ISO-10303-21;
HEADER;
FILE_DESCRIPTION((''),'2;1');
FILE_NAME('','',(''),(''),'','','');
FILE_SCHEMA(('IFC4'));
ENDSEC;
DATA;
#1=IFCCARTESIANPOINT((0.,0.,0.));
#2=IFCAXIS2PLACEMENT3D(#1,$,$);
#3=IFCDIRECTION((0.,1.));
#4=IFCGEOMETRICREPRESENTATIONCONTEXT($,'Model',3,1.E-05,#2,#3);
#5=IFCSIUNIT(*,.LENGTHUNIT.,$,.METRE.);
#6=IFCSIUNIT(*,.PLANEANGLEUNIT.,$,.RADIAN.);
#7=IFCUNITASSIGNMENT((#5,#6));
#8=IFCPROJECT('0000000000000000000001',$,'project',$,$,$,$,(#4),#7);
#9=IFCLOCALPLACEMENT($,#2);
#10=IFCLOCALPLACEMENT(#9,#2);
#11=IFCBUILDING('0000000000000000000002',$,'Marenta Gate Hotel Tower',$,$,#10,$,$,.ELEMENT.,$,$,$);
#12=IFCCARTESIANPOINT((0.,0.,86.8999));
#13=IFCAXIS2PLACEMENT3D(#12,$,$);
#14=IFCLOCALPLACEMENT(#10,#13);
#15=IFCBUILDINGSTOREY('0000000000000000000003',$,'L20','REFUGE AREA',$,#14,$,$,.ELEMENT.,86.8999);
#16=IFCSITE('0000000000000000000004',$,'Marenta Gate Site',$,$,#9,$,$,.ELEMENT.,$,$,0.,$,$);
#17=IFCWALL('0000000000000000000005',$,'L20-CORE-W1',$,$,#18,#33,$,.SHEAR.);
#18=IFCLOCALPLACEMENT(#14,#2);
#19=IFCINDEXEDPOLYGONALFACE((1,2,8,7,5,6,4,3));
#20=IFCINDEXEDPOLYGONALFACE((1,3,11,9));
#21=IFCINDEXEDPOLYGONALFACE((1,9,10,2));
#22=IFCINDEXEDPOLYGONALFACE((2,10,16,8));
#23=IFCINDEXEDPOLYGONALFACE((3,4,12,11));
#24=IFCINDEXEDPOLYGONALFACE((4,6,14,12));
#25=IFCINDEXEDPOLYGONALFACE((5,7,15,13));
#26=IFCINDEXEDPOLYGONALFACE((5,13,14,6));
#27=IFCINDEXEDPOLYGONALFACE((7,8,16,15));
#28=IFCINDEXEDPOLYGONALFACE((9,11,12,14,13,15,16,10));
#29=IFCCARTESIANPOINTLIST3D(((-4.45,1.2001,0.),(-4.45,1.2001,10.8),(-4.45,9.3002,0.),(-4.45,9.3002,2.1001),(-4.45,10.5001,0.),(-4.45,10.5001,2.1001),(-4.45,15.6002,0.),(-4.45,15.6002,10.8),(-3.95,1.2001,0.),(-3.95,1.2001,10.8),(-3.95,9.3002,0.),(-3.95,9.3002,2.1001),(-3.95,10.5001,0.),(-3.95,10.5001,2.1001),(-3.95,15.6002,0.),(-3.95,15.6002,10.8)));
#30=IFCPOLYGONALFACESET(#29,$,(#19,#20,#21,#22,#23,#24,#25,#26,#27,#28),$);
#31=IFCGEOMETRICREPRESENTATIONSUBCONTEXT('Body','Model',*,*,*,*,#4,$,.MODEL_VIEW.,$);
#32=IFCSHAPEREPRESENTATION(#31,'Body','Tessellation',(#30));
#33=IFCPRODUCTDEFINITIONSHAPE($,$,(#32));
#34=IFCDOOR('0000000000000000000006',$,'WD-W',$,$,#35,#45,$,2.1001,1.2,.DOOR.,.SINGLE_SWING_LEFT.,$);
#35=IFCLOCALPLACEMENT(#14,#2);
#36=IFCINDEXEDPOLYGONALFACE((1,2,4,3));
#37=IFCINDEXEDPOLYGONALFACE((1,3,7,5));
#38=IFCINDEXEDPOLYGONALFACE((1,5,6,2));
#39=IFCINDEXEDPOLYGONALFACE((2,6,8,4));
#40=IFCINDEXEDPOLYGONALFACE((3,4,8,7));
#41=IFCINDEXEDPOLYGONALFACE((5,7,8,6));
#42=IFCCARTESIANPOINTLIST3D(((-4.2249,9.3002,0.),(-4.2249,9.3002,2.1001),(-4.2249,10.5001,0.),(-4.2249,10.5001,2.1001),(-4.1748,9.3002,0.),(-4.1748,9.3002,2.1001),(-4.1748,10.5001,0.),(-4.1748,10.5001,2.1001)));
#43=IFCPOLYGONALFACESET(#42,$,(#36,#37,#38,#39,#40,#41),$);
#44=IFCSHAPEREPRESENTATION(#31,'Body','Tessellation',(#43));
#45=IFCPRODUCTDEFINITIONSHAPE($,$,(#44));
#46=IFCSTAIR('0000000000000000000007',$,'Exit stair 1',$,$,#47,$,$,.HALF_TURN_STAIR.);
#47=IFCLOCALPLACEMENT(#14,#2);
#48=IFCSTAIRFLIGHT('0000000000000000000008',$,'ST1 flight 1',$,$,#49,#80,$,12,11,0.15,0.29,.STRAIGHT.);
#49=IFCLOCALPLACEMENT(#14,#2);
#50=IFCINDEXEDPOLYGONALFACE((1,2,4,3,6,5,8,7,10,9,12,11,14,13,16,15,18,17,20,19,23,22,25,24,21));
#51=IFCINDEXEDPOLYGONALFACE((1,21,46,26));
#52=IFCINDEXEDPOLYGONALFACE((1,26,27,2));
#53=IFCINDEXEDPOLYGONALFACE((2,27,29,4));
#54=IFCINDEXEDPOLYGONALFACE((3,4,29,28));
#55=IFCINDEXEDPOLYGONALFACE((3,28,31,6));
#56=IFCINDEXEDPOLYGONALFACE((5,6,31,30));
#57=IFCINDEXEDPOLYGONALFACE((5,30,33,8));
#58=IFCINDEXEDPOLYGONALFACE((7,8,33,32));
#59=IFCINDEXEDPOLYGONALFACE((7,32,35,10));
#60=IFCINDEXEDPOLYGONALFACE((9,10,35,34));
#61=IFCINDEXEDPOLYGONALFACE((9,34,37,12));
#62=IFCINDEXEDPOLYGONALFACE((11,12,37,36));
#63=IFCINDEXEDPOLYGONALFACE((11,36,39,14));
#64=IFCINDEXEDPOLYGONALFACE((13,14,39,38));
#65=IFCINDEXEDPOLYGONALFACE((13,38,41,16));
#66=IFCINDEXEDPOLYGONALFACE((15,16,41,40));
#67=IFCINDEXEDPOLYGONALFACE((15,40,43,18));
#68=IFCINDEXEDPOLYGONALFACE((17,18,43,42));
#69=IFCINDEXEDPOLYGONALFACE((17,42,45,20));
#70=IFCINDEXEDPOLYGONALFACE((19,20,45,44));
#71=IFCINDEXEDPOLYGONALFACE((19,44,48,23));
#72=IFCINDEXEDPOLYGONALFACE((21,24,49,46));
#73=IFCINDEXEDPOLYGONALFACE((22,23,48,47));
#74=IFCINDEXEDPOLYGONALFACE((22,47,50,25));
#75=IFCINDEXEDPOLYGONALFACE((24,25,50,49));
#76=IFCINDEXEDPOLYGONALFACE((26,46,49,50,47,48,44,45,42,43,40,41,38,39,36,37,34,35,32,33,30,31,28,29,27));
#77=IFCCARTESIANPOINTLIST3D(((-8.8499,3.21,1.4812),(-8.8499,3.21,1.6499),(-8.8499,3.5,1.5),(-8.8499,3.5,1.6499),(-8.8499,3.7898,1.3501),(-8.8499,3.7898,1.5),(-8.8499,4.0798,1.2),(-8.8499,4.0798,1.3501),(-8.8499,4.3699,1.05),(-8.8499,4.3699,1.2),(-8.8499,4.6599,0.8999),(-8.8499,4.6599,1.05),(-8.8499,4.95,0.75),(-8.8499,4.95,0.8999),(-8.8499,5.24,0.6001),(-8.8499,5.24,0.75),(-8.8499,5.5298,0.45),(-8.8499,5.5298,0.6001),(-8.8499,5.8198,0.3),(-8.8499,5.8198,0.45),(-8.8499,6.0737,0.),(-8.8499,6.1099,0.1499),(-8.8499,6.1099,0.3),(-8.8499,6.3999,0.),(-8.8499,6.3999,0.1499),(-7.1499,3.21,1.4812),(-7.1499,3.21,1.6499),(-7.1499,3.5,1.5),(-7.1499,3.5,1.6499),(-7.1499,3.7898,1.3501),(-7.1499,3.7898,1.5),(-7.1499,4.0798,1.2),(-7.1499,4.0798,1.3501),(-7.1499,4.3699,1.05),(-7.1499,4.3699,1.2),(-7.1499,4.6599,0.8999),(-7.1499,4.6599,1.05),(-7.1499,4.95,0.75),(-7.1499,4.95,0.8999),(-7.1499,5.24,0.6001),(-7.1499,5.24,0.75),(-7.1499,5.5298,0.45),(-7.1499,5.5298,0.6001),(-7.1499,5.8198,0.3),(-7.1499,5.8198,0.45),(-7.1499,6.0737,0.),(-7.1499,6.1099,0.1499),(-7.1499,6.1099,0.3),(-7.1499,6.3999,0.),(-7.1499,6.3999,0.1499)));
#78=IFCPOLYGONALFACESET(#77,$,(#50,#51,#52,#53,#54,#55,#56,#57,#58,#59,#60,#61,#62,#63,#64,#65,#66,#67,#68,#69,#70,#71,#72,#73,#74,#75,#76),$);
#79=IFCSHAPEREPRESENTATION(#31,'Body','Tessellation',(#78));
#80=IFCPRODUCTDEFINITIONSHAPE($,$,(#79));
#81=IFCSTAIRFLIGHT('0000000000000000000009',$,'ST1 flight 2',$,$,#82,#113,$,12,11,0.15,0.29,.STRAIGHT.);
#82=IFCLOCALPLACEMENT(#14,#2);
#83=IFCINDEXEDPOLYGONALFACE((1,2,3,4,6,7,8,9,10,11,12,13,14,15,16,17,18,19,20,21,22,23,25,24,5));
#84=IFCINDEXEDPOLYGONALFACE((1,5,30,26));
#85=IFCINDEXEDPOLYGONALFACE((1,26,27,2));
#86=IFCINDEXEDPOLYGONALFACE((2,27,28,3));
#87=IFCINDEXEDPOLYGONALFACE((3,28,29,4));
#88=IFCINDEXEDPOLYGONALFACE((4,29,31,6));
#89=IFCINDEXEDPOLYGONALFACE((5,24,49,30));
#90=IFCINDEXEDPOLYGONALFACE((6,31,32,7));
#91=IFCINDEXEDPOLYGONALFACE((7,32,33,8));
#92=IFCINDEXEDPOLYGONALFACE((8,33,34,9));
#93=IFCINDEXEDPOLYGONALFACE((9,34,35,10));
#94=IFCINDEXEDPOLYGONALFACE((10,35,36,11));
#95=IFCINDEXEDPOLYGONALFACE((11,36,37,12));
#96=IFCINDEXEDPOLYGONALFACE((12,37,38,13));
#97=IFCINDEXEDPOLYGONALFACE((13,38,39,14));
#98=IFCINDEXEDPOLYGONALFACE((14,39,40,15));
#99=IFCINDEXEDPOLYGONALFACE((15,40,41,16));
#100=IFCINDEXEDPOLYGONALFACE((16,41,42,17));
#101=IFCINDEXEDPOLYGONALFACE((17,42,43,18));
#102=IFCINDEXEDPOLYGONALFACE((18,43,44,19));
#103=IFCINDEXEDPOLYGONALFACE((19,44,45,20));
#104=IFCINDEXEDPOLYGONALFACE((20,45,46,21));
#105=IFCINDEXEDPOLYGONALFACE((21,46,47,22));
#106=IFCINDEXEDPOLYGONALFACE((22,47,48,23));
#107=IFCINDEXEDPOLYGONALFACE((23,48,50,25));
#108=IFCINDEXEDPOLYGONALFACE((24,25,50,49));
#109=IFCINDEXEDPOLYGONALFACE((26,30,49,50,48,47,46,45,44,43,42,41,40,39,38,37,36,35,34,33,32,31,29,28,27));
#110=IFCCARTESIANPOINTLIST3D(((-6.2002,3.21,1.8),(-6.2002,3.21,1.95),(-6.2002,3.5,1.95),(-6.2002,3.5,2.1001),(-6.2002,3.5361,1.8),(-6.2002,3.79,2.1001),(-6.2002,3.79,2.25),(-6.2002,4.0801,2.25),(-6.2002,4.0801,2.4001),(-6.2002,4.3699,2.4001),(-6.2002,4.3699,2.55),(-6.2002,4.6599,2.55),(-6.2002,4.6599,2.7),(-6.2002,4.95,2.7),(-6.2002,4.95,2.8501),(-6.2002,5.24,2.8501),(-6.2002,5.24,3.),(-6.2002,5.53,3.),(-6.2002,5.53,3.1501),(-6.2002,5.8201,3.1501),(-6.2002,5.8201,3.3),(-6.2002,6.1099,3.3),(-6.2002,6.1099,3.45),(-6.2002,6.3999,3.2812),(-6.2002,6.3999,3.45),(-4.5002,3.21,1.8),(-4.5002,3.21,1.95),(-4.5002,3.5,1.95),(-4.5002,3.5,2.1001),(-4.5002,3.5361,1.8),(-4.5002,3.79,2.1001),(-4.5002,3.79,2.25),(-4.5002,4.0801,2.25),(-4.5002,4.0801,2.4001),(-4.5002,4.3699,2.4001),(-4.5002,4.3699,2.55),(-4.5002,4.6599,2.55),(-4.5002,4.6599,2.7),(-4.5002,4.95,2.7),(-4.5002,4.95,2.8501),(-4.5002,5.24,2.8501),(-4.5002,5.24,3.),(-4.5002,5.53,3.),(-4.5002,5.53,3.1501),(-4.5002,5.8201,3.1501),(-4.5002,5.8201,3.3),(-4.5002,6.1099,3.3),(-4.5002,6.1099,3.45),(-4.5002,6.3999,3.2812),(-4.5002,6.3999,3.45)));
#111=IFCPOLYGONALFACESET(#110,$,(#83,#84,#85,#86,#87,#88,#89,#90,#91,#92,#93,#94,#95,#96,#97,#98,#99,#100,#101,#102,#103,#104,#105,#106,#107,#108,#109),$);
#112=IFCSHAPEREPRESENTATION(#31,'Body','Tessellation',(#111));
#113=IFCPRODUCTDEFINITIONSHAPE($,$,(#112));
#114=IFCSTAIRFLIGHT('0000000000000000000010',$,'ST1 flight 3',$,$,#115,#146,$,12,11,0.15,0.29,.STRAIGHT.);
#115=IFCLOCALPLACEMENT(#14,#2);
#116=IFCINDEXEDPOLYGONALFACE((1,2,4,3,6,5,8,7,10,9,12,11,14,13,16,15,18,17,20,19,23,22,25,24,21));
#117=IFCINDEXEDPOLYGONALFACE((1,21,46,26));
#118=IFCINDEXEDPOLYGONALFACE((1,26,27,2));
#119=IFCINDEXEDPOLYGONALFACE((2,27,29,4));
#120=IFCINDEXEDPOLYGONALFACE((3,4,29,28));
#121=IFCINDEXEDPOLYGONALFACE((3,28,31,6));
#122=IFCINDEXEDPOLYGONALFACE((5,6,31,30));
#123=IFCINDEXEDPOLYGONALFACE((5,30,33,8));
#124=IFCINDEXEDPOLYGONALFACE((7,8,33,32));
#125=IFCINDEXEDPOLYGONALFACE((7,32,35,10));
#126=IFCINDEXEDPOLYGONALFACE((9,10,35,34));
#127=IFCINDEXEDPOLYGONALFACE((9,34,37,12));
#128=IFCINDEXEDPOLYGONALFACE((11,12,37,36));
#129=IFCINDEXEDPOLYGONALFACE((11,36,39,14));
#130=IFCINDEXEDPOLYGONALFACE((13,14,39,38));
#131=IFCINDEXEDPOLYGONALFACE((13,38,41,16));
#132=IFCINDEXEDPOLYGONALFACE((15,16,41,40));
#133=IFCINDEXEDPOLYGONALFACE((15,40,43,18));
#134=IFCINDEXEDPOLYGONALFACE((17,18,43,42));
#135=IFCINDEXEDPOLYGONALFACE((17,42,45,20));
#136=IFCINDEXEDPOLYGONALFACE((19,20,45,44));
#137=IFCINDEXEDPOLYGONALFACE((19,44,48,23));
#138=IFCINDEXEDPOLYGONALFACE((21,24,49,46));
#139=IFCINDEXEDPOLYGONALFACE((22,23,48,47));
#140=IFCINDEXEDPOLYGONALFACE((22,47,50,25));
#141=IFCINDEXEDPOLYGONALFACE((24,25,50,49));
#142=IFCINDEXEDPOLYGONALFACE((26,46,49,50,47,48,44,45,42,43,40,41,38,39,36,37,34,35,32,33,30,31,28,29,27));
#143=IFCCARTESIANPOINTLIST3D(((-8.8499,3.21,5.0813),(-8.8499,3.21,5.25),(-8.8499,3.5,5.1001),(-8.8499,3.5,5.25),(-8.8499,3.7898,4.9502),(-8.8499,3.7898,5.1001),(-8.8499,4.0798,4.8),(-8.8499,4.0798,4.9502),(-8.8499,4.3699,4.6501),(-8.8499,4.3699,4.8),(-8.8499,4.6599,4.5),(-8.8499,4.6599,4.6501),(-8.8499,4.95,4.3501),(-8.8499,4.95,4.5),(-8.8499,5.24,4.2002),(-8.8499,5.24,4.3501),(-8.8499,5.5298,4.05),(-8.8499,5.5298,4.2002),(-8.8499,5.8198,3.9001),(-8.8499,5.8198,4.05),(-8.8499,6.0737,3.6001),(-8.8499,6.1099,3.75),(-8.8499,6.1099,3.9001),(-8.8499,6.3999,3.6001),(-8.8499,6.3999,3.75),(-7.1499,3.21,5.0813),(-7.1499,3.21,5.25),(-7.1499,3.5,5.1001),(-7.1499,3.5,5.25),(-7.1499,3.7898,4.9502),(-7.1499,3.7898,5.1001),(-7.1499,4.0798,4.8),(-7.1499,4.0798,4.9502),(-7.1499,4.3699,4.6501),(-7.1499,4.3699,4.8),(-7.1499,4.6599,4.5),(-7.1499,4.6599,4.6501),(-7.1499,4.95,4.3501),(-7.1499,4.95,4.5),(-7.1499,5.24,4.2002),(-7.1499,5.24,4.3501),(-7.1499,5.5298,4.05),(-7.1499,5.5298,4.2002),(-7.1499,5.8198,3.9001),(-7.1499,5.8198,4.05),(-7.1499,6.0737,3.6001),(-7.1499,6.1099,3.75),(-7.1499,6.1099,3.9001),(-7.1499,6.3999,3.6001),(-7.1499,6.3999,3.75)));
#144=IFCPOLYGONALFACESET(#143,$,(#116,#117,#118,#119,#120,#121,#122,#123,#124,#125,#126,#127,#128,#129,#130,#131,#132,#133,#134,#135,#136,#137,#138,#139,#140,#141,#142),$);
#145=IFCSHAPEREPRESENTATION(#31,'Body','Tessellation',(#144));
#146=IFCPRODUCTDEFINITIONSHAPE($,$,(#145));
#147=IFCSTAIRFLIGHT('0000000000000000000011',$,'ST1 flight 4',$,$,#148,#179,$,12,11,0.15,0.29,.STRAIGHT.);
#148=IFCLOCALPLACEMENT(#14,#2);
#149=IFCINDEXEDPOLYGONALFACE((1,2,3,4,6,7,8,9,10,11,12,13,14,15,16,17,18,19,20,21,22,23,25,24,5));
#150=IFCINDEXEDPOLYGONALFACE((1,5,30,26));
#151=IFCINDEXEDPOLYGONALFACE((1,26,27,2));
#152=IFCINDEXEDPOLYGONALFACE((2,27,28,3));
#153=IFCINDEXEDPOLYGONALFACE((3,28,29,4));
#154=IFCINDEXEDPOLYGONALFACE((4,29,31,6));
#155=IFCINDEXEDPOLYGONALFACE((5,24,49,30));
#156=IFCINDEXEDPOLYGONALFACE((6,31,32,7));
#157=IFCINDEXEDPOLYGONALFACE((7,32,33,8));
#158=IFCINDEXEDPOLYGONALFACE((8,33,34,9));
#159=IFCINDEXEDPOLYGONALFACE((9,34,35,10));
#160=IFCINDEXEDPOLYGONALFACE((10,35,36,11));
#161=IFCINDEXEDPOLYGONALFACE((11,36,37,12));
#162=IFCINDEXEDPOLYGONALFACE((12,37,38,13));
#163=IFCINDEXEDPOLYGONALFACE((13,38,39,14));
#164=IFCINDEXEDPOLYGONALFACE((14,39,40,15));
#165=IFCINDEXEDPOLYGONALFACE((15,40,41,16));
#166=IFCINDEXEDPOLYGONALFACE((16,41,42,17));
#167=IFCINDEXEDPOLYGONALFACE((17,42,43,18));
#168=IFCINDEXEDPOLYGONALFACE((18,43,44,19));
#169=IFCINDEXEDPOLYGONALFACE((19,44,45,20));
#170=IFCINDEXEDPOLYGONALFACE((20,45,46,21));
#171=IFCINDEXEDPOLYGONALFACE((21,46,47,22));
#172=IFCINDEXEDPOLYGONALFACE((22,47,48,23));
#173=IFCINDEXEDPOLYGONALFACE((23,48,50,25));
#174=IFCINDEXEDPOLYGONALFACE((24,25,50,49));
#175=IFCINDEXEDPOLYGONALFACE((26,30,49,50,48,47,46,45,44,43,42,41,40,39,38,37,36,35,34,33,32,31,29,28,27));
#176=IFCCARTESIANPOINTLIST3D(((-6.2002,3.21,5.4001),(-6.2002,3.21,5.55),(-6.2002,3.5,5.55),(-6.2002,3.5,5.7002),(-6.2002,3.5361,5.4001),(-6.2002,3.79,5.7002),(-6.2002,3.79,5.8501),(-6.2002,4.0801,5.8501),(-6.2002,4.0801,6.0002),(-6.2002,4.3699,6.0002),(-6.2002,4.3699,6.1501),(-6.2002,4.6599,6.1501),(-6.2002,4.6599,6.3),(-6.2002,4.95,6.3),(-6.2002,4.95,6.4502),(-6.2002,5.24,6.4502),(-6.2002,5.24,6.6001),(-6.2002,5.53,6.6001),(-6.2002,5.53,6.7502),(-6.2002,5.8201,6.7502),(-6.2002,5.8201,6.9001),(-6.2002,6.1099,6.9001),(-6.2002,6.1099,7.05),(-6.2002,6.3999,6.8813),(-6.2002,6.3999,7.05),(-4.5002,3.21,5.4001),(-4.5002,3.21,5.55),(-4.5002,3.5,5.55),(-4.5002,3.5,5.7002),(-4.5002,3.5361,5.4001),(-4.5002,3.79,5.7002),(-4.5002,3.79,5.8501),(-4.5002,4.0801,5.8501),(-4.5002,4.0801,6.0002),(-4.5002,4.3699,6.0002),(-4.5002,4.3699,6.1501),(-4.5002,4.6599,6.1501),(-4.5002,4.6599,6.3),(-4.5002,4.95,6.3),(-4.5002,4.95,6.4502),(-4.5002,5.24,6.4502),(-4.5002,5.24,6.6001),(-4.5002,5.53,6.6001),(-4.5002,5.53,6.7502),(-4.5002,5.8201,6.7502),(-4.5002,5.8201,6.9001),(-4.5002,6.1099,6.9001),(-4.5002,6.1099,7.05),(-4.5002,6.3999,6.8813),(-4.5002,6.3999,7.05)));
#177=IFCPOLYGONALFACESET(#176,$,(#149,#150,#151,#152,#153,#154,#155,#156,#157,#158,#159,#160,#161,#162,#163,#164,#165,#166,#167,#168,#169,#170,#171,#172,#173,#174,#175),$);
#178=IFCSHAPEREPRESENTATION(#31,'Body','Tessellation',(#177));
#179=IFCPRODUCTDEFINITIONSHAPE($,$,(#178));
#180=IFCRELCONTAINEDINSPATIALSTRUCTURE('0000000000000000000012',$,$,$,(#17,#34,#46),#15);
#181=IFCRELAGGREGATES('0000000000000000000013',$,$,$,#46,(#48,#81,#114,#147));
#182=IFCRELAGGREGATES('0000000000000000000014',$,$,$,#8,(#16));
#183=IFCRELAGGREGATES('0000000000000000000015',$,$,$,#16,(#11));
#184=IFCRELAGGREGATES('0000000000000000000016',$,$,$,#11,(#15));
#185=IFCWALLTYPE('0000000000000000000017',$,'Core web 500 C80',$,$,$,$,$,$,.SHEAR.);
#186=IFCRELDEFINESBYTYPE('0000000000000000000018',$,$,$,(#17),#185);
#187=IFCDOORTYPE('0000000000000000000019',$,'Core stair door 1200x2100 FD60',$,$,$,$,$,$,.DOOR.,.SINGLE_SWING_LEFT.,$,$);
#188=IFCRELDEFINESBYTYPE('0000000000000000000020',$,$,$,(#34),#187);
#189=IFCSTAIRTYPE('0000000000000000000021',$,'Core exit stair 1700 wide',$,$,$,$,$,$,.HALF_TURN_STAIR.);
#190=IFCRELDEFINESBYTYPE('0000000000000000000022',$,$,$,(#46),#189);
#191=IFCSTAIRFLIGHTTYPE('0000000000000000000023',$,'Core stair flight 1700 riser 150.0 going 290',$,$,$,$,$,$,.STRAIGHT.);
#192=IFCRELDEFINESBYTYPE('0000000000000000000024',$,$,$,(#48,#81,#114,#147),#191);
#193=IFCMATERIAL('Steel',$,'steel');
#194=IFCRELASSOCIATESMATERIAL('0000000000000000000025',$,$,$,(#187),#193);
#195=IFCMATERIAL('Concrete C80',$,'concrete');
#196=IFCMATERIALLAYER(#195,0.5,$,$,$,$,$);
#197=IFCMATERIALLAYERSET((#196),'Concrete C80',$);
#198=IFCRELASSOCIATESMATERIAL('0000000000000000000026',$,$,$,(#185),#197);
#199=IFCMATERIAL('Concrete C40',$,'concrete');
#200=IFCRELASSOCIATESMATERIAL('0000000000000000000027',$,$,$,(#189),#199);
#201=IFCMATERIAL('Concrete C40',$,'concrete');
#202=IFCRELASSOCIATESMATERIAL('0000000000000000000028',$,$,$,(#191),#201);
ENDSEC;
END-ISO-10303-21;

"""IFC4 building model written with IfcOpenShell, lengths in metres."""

from ifc_helpers import new_model, si_unit, direction, frame, frame_2d, origin, place, context, subcontext, project, spatial, polyline, rectangle, outline, extrude, material, layer, layer_set, type_object, element, fill, aggregate, save


model = new_model("IFC4")

# Units and contexts
model_context = context("Model", 3, precision=1e-05, world=origin(), true_north=direction((0.0, 1.0)))
body_context = subcontext(model_context, "Body", "Model", "MODEL_VIEW")
ifc_project = project(units=[si_unit("LENGTHUNIT", "METRE"), si_unit("PLANEANGLEUNIT", "RADIAN")], contexts=[model_context])

# Site, building, storey
site_placement = place(None, origin())
site = spatial("IfcSite", under=ifc_project, at=site_placement, Name="Marenta Gate Site", CompositionType="ELEMENT", RefElevation=0.0)
building_placement = place(site_placement, origin())
building = spatial("IfcBuilding", under=site, at=building_placement, Name="Marenta Gate Hotel Tower", CompositionType="ELEMENT")
storey_placement = place(building_placement, frame((0.0, 0.0, 86.8999)))
storey = spatial("IfcBuildingStorey", under=building, at=storey_placement, Name="L20", Description="REFUGE AREA", CompositionType="ELEMENT", Elevation=86.8999)

# Wall, opening, door
ifc_material_1 = material(Name="Steel", Category="steel")
door_type_1 = type_object("IfcDoorType", Name="Core stair door 1200x2100 FD60", OperationType="SINGLE_SWING_LEFT", PredefinedType="DOOR", material=ifc_material_1)
ifc_material_2 = material(Name="Concrete C80", Category="concrete")
ifc_layer_1 = layer(ifc_material_2, 0.5)
ifc_layer_set_1 = layer_set([ifc_layer_1], Name="Concrete C80")
wall_type_1 = type_object("IfcWallType", Name="Core web 500 C80", PredefinedType="SHEAR", material=ifc_layer_set_1)
wall_1_placement = place(storey_placement, frame((-4.2, 1.2, 0.0), z_axis=(0.0, 0.0, 1.0), x_axis=(0.0, 1.0, 0.0)))
wall_1 = element("IfcWall", 1, at=wall_1_placement, inside=storey, type_object=wall_type_1, Name="L20-CORE-W1", PredefinedType="SHEAR", context=body_context, shape_type="SweptSolid", body=[
    extrude(rectangle(XDim=14.4001, YDim=0.5, at=frame_2d((7.2002, 0.0))), origin(), (0.0, 0.0, 1.0), 10.8),
])
opening_1_placement = place(wall_1_placement, frame((8.1001, 0.0, 0.0)))
opening_1 = element("IfcOpeningElement", 2, at=opening_1_placement, cuts=wall_1, PredefinedType="OPENING", context=body_context, shape_type="SweptSolid", body=[
    extrude(rectangle(XDim=1.2, YDim=2.1001, at=frame_2d((0.6001, 1.05))), frame((0.0, 0.25, 0.0), z_axis=(0.0, -1.0, 0.0), x_axis=(1.0, 0.0, 0.0)), (0.0, 0.0, 1.0), 0.5),
])
door_1_placement = place(opening_1_placement, origin())
door_1 = element("IfcDoor", 3, at=door_1_placement, inside=storey, type_object=door_type_1, Name="WD-W", OperationType="SINGLE_SWING_LEFT", OverallHeight=2.1001, OverallWidth=1.2, PredefinedType="DOOR", context=body_context, shape_type="SweptSolid", body=[
    extrude(rectangle(XDim=1.2, YDim=2.1001, at=frame_2d((0.6001, 1.05))), frame((0.0, 0.0249, 0.0), z_axis=(0.0, -1.0, 0.0), x_axis=(1.0, 0.0, 0.0)), (0.0, 0.0, 1.0), 0.05),
])
fill(opening_1, door_1)

# Stair, stair flights
ifc_material_3 = material(Name="Concrete C40", Category="concrete")
stair_type = type_object("IfcStairType", Name="Core exit stair 1700 wide", PredefinedType="HALF_TURN_STAIR", material=ifc_material_3)
stair_placement = place(storey_placement, origin())
stair = element("IfcStair", 4, at=stair_placement, inside=storey, type_object=stair_type, Name="Exit stair 1", PredefinedType="HALF_TURN_STAIR")
ifc_material_4 = material(Name="Concrete C40", Category="concrete")
stair_flight_type = type_object("IfcStairFlightType", Name="Core stair flight 1700 riser 150.0 going 290", PredefinedType="STRAIGHT", material=ifc_material_4)
stair_flight_1_placement = place(storey_placement, frame((-8.0, 6.3999, 0.0), z_axis=(0.0, 0.0, 1.0), x_axis=(0.0, -1.0, 0.0)))
stair_flight_1 = element("IfcStairFlight", 5, at=stair_flight_1_placement, type_object=stair_flight_type, Name="ST1 flight 1", NumberOfRisers=12, NumberOfTreads=11, PredefinedType="STRAIGHT", RiserHeight=0.15, TreadLength=0.29, context=body_context, shape_type="SweptSolid", body=[
    extrude(outline(polyline([(0.0, 0.0), (0.0, 0.1499), (0.29, 0.1499), (0.29, 0.3), (0.5801, 0.3), (0.5801, 0.45), (0.8701, 0.45), (0.8701, 0.6001), (1.1599, 0.6001), (1.1599, 0.75), (1.45, 0.75), (1.45, 0.8999), (1.74, 0.8999), (1.74, 1.05), (2.03, 1.05), (2.03, 1.2), (2.3201, 1.2), (2.3201, 1.3501), (2.6101, 1.3501), (2.6101, 1.5), (2.8999, 1.5), (2.8999, 1.6499), (3.1899, 1.6499), (3.1899, 1.8), (3.1899, 1.4812), (0.3262, 0.0), (0.0, 0.0)])), frame((0.0, 0.8501, 0.0), z_axis=(0.0, -1.0, 0.0), x_axis=(1.0, 0.0, 0.0)), (0.0, 0.0, 1.0), 1.7),
])
stair_flight_2_placement = place(storey_placement, frame((-5.3501, 3.21, 1.8), z_axis=(0.0, 0.0, 1.0), x_axis=(0.0, 1.0, 0.0)))
stair_flight_2 = element("IfcStairFlight", 6, at=stair_flight_2_placement, type_object=stair_flight_type, Name="ST1 flight 2", NumberOfRisers=12, NumberOfTreads=11, PredefinedType="STRAIGHT", RiserHeight=0.15, TreadLength=0.29, context=body_context, shape_type="SweptSolid", body=[
    extrude(outline(polyline([(0.0, 0.0), (0.0, 0.1499), (0.29, 0.1499), (0.29, 0.3), (0.5801, 0.3), (0.5801, 0.45), (0.8701, 0.45), (0.8701, 0.6001), (1.1599, 0.6001), (1.1599, 0.75), (1.45, 0.75), (1.45, 0.8999), (1.74, 0.8999), (1.74, 1.05), (2.03, 1.05), (2.03, 1.2), (2.3201, 1.2), (2.3201, 1.3501), (2.6101, 1.3501), (2.6101, 1.5), (2.8999, 1.5), (2.8999, 1.6499), (3.1899, 1.6499), (3.1899, 1.8), (3.1899, 1.4812), (0.3262, 0.0), (0.0, 0.0)])), frame((0.0, 0.8501, 0.0), z_axis=(0.0, -1.0, 0.0), x_axis=(1.0, 0.0, 0.0)), (0.0, 0.0, 1.0), 1.7),
])
stair_flight_3_placement = place(storey_placement, frame((-8.0, 6.3999, 3.6001), z_axis=(0.0, 0.0, 1.0), x_axis=(0.0, -1.0, 0.0)))
stair_flight_3 = element("IfcStairFlight", 7, at=stair_flight_3_placement, type_object=stair_flight_type, Name="ST1 flight 3", NumberOfRisers=12, NumberOfTreads=11, PredefinedType="STRAIGHT", RiserHeight=0.15, TreadLength=0.29, context=body_context, shape_type="SweptSolid", body=[
    extrude(outline(polyline([(0.0, 0.0), (0.0, 0.1499), (0.29, 0.1499), (0.29, 0.3), (0.5801, 0.3), (0.5801, 0.45), (0.8701, 0.45), (0.8701, 0.6001), (1.1599, 0.6001), (1.1599, 0.75), (1.45, 0.75), (1.45, 0.8999), (1.74, 0.8999), (1.74, 1.05), (2.03, 1.05), (2.03, 1.2), (2.3201, 1.2), (2.3201, 1.3501), (2.6101, 1.3501), (2.6101, 1.5), (2.8999, 1.5), (2.8999, 1.6499), (3.1899, 1.6499), (3.1899, 1.8), (3.1899, 1.4812), (0.3262, 0.0), (0.0, 0.0)])), frame((0.0, 0.8501, 0.0), z_axis=(0.0, -1.0, 0.0), x_axis=(1.0, 0.0, 0.0)), (0.0, 0.0, 1.0), 1.7),
])
stair_flight_4_placement = place(storey_placement, frame((-5.3501, 3.21, 5.4001), z_axis=(0.0, 0.0, 1.0), x_axis=(0.0, 1.0, 0.0)))
stair_flight_4 = element("IfcStairFlight", 8, at=stair_flight_4_placement, type_object=stair_flight_type, Name="ST1 flight 4", NumberOfRisers=12, NumberOfTreads=11, PredefinedType="STRAIGHT", RiserHeight=0.15, TreadLength=0.29, context=body_context, shape_type="SweptSolid", body=[
    extrude(outline(polyline([(0.0, 0.0), (0.0, 0.1499), (0.29, 0.1499), (0.29, 0.3), (0.5801, 0.3), (0.5801, 0.45), (0.8701, 0.45), (0.8701, 0.6001), (1.1599, 0.6001), (1.1599, 0.75), (1.45, 0.75), (1.45, 0.8999), (1.74, 0.8999), (1.74, 1.05), (2.03, 1.05), (2.03, 1.2), (2.3201, 1.2), (2.3201, 1.3501), (2.6101, 1.3501), (2.6101, 1.5), (2.8999, 1.5), (2.8999, 1.6499), (3.1899, 1.6499), (3.1899, 1.8), (3.1899, 1.4812), (0.3262, 0.0), (0.0, 0.0)])), frame((0.0, 0.8501, 0.0), z_axis=(0.0, -1.0, 0.0), x_axis=(1.0, 0.0, 0.0)), (0.0, 0.0, 1.0), 1.7),
])
aggregate(stair, [stair_flight_1, stair_flight_2, stair_flight_3, stair_flight_4])

save(model, "model.ifc")
